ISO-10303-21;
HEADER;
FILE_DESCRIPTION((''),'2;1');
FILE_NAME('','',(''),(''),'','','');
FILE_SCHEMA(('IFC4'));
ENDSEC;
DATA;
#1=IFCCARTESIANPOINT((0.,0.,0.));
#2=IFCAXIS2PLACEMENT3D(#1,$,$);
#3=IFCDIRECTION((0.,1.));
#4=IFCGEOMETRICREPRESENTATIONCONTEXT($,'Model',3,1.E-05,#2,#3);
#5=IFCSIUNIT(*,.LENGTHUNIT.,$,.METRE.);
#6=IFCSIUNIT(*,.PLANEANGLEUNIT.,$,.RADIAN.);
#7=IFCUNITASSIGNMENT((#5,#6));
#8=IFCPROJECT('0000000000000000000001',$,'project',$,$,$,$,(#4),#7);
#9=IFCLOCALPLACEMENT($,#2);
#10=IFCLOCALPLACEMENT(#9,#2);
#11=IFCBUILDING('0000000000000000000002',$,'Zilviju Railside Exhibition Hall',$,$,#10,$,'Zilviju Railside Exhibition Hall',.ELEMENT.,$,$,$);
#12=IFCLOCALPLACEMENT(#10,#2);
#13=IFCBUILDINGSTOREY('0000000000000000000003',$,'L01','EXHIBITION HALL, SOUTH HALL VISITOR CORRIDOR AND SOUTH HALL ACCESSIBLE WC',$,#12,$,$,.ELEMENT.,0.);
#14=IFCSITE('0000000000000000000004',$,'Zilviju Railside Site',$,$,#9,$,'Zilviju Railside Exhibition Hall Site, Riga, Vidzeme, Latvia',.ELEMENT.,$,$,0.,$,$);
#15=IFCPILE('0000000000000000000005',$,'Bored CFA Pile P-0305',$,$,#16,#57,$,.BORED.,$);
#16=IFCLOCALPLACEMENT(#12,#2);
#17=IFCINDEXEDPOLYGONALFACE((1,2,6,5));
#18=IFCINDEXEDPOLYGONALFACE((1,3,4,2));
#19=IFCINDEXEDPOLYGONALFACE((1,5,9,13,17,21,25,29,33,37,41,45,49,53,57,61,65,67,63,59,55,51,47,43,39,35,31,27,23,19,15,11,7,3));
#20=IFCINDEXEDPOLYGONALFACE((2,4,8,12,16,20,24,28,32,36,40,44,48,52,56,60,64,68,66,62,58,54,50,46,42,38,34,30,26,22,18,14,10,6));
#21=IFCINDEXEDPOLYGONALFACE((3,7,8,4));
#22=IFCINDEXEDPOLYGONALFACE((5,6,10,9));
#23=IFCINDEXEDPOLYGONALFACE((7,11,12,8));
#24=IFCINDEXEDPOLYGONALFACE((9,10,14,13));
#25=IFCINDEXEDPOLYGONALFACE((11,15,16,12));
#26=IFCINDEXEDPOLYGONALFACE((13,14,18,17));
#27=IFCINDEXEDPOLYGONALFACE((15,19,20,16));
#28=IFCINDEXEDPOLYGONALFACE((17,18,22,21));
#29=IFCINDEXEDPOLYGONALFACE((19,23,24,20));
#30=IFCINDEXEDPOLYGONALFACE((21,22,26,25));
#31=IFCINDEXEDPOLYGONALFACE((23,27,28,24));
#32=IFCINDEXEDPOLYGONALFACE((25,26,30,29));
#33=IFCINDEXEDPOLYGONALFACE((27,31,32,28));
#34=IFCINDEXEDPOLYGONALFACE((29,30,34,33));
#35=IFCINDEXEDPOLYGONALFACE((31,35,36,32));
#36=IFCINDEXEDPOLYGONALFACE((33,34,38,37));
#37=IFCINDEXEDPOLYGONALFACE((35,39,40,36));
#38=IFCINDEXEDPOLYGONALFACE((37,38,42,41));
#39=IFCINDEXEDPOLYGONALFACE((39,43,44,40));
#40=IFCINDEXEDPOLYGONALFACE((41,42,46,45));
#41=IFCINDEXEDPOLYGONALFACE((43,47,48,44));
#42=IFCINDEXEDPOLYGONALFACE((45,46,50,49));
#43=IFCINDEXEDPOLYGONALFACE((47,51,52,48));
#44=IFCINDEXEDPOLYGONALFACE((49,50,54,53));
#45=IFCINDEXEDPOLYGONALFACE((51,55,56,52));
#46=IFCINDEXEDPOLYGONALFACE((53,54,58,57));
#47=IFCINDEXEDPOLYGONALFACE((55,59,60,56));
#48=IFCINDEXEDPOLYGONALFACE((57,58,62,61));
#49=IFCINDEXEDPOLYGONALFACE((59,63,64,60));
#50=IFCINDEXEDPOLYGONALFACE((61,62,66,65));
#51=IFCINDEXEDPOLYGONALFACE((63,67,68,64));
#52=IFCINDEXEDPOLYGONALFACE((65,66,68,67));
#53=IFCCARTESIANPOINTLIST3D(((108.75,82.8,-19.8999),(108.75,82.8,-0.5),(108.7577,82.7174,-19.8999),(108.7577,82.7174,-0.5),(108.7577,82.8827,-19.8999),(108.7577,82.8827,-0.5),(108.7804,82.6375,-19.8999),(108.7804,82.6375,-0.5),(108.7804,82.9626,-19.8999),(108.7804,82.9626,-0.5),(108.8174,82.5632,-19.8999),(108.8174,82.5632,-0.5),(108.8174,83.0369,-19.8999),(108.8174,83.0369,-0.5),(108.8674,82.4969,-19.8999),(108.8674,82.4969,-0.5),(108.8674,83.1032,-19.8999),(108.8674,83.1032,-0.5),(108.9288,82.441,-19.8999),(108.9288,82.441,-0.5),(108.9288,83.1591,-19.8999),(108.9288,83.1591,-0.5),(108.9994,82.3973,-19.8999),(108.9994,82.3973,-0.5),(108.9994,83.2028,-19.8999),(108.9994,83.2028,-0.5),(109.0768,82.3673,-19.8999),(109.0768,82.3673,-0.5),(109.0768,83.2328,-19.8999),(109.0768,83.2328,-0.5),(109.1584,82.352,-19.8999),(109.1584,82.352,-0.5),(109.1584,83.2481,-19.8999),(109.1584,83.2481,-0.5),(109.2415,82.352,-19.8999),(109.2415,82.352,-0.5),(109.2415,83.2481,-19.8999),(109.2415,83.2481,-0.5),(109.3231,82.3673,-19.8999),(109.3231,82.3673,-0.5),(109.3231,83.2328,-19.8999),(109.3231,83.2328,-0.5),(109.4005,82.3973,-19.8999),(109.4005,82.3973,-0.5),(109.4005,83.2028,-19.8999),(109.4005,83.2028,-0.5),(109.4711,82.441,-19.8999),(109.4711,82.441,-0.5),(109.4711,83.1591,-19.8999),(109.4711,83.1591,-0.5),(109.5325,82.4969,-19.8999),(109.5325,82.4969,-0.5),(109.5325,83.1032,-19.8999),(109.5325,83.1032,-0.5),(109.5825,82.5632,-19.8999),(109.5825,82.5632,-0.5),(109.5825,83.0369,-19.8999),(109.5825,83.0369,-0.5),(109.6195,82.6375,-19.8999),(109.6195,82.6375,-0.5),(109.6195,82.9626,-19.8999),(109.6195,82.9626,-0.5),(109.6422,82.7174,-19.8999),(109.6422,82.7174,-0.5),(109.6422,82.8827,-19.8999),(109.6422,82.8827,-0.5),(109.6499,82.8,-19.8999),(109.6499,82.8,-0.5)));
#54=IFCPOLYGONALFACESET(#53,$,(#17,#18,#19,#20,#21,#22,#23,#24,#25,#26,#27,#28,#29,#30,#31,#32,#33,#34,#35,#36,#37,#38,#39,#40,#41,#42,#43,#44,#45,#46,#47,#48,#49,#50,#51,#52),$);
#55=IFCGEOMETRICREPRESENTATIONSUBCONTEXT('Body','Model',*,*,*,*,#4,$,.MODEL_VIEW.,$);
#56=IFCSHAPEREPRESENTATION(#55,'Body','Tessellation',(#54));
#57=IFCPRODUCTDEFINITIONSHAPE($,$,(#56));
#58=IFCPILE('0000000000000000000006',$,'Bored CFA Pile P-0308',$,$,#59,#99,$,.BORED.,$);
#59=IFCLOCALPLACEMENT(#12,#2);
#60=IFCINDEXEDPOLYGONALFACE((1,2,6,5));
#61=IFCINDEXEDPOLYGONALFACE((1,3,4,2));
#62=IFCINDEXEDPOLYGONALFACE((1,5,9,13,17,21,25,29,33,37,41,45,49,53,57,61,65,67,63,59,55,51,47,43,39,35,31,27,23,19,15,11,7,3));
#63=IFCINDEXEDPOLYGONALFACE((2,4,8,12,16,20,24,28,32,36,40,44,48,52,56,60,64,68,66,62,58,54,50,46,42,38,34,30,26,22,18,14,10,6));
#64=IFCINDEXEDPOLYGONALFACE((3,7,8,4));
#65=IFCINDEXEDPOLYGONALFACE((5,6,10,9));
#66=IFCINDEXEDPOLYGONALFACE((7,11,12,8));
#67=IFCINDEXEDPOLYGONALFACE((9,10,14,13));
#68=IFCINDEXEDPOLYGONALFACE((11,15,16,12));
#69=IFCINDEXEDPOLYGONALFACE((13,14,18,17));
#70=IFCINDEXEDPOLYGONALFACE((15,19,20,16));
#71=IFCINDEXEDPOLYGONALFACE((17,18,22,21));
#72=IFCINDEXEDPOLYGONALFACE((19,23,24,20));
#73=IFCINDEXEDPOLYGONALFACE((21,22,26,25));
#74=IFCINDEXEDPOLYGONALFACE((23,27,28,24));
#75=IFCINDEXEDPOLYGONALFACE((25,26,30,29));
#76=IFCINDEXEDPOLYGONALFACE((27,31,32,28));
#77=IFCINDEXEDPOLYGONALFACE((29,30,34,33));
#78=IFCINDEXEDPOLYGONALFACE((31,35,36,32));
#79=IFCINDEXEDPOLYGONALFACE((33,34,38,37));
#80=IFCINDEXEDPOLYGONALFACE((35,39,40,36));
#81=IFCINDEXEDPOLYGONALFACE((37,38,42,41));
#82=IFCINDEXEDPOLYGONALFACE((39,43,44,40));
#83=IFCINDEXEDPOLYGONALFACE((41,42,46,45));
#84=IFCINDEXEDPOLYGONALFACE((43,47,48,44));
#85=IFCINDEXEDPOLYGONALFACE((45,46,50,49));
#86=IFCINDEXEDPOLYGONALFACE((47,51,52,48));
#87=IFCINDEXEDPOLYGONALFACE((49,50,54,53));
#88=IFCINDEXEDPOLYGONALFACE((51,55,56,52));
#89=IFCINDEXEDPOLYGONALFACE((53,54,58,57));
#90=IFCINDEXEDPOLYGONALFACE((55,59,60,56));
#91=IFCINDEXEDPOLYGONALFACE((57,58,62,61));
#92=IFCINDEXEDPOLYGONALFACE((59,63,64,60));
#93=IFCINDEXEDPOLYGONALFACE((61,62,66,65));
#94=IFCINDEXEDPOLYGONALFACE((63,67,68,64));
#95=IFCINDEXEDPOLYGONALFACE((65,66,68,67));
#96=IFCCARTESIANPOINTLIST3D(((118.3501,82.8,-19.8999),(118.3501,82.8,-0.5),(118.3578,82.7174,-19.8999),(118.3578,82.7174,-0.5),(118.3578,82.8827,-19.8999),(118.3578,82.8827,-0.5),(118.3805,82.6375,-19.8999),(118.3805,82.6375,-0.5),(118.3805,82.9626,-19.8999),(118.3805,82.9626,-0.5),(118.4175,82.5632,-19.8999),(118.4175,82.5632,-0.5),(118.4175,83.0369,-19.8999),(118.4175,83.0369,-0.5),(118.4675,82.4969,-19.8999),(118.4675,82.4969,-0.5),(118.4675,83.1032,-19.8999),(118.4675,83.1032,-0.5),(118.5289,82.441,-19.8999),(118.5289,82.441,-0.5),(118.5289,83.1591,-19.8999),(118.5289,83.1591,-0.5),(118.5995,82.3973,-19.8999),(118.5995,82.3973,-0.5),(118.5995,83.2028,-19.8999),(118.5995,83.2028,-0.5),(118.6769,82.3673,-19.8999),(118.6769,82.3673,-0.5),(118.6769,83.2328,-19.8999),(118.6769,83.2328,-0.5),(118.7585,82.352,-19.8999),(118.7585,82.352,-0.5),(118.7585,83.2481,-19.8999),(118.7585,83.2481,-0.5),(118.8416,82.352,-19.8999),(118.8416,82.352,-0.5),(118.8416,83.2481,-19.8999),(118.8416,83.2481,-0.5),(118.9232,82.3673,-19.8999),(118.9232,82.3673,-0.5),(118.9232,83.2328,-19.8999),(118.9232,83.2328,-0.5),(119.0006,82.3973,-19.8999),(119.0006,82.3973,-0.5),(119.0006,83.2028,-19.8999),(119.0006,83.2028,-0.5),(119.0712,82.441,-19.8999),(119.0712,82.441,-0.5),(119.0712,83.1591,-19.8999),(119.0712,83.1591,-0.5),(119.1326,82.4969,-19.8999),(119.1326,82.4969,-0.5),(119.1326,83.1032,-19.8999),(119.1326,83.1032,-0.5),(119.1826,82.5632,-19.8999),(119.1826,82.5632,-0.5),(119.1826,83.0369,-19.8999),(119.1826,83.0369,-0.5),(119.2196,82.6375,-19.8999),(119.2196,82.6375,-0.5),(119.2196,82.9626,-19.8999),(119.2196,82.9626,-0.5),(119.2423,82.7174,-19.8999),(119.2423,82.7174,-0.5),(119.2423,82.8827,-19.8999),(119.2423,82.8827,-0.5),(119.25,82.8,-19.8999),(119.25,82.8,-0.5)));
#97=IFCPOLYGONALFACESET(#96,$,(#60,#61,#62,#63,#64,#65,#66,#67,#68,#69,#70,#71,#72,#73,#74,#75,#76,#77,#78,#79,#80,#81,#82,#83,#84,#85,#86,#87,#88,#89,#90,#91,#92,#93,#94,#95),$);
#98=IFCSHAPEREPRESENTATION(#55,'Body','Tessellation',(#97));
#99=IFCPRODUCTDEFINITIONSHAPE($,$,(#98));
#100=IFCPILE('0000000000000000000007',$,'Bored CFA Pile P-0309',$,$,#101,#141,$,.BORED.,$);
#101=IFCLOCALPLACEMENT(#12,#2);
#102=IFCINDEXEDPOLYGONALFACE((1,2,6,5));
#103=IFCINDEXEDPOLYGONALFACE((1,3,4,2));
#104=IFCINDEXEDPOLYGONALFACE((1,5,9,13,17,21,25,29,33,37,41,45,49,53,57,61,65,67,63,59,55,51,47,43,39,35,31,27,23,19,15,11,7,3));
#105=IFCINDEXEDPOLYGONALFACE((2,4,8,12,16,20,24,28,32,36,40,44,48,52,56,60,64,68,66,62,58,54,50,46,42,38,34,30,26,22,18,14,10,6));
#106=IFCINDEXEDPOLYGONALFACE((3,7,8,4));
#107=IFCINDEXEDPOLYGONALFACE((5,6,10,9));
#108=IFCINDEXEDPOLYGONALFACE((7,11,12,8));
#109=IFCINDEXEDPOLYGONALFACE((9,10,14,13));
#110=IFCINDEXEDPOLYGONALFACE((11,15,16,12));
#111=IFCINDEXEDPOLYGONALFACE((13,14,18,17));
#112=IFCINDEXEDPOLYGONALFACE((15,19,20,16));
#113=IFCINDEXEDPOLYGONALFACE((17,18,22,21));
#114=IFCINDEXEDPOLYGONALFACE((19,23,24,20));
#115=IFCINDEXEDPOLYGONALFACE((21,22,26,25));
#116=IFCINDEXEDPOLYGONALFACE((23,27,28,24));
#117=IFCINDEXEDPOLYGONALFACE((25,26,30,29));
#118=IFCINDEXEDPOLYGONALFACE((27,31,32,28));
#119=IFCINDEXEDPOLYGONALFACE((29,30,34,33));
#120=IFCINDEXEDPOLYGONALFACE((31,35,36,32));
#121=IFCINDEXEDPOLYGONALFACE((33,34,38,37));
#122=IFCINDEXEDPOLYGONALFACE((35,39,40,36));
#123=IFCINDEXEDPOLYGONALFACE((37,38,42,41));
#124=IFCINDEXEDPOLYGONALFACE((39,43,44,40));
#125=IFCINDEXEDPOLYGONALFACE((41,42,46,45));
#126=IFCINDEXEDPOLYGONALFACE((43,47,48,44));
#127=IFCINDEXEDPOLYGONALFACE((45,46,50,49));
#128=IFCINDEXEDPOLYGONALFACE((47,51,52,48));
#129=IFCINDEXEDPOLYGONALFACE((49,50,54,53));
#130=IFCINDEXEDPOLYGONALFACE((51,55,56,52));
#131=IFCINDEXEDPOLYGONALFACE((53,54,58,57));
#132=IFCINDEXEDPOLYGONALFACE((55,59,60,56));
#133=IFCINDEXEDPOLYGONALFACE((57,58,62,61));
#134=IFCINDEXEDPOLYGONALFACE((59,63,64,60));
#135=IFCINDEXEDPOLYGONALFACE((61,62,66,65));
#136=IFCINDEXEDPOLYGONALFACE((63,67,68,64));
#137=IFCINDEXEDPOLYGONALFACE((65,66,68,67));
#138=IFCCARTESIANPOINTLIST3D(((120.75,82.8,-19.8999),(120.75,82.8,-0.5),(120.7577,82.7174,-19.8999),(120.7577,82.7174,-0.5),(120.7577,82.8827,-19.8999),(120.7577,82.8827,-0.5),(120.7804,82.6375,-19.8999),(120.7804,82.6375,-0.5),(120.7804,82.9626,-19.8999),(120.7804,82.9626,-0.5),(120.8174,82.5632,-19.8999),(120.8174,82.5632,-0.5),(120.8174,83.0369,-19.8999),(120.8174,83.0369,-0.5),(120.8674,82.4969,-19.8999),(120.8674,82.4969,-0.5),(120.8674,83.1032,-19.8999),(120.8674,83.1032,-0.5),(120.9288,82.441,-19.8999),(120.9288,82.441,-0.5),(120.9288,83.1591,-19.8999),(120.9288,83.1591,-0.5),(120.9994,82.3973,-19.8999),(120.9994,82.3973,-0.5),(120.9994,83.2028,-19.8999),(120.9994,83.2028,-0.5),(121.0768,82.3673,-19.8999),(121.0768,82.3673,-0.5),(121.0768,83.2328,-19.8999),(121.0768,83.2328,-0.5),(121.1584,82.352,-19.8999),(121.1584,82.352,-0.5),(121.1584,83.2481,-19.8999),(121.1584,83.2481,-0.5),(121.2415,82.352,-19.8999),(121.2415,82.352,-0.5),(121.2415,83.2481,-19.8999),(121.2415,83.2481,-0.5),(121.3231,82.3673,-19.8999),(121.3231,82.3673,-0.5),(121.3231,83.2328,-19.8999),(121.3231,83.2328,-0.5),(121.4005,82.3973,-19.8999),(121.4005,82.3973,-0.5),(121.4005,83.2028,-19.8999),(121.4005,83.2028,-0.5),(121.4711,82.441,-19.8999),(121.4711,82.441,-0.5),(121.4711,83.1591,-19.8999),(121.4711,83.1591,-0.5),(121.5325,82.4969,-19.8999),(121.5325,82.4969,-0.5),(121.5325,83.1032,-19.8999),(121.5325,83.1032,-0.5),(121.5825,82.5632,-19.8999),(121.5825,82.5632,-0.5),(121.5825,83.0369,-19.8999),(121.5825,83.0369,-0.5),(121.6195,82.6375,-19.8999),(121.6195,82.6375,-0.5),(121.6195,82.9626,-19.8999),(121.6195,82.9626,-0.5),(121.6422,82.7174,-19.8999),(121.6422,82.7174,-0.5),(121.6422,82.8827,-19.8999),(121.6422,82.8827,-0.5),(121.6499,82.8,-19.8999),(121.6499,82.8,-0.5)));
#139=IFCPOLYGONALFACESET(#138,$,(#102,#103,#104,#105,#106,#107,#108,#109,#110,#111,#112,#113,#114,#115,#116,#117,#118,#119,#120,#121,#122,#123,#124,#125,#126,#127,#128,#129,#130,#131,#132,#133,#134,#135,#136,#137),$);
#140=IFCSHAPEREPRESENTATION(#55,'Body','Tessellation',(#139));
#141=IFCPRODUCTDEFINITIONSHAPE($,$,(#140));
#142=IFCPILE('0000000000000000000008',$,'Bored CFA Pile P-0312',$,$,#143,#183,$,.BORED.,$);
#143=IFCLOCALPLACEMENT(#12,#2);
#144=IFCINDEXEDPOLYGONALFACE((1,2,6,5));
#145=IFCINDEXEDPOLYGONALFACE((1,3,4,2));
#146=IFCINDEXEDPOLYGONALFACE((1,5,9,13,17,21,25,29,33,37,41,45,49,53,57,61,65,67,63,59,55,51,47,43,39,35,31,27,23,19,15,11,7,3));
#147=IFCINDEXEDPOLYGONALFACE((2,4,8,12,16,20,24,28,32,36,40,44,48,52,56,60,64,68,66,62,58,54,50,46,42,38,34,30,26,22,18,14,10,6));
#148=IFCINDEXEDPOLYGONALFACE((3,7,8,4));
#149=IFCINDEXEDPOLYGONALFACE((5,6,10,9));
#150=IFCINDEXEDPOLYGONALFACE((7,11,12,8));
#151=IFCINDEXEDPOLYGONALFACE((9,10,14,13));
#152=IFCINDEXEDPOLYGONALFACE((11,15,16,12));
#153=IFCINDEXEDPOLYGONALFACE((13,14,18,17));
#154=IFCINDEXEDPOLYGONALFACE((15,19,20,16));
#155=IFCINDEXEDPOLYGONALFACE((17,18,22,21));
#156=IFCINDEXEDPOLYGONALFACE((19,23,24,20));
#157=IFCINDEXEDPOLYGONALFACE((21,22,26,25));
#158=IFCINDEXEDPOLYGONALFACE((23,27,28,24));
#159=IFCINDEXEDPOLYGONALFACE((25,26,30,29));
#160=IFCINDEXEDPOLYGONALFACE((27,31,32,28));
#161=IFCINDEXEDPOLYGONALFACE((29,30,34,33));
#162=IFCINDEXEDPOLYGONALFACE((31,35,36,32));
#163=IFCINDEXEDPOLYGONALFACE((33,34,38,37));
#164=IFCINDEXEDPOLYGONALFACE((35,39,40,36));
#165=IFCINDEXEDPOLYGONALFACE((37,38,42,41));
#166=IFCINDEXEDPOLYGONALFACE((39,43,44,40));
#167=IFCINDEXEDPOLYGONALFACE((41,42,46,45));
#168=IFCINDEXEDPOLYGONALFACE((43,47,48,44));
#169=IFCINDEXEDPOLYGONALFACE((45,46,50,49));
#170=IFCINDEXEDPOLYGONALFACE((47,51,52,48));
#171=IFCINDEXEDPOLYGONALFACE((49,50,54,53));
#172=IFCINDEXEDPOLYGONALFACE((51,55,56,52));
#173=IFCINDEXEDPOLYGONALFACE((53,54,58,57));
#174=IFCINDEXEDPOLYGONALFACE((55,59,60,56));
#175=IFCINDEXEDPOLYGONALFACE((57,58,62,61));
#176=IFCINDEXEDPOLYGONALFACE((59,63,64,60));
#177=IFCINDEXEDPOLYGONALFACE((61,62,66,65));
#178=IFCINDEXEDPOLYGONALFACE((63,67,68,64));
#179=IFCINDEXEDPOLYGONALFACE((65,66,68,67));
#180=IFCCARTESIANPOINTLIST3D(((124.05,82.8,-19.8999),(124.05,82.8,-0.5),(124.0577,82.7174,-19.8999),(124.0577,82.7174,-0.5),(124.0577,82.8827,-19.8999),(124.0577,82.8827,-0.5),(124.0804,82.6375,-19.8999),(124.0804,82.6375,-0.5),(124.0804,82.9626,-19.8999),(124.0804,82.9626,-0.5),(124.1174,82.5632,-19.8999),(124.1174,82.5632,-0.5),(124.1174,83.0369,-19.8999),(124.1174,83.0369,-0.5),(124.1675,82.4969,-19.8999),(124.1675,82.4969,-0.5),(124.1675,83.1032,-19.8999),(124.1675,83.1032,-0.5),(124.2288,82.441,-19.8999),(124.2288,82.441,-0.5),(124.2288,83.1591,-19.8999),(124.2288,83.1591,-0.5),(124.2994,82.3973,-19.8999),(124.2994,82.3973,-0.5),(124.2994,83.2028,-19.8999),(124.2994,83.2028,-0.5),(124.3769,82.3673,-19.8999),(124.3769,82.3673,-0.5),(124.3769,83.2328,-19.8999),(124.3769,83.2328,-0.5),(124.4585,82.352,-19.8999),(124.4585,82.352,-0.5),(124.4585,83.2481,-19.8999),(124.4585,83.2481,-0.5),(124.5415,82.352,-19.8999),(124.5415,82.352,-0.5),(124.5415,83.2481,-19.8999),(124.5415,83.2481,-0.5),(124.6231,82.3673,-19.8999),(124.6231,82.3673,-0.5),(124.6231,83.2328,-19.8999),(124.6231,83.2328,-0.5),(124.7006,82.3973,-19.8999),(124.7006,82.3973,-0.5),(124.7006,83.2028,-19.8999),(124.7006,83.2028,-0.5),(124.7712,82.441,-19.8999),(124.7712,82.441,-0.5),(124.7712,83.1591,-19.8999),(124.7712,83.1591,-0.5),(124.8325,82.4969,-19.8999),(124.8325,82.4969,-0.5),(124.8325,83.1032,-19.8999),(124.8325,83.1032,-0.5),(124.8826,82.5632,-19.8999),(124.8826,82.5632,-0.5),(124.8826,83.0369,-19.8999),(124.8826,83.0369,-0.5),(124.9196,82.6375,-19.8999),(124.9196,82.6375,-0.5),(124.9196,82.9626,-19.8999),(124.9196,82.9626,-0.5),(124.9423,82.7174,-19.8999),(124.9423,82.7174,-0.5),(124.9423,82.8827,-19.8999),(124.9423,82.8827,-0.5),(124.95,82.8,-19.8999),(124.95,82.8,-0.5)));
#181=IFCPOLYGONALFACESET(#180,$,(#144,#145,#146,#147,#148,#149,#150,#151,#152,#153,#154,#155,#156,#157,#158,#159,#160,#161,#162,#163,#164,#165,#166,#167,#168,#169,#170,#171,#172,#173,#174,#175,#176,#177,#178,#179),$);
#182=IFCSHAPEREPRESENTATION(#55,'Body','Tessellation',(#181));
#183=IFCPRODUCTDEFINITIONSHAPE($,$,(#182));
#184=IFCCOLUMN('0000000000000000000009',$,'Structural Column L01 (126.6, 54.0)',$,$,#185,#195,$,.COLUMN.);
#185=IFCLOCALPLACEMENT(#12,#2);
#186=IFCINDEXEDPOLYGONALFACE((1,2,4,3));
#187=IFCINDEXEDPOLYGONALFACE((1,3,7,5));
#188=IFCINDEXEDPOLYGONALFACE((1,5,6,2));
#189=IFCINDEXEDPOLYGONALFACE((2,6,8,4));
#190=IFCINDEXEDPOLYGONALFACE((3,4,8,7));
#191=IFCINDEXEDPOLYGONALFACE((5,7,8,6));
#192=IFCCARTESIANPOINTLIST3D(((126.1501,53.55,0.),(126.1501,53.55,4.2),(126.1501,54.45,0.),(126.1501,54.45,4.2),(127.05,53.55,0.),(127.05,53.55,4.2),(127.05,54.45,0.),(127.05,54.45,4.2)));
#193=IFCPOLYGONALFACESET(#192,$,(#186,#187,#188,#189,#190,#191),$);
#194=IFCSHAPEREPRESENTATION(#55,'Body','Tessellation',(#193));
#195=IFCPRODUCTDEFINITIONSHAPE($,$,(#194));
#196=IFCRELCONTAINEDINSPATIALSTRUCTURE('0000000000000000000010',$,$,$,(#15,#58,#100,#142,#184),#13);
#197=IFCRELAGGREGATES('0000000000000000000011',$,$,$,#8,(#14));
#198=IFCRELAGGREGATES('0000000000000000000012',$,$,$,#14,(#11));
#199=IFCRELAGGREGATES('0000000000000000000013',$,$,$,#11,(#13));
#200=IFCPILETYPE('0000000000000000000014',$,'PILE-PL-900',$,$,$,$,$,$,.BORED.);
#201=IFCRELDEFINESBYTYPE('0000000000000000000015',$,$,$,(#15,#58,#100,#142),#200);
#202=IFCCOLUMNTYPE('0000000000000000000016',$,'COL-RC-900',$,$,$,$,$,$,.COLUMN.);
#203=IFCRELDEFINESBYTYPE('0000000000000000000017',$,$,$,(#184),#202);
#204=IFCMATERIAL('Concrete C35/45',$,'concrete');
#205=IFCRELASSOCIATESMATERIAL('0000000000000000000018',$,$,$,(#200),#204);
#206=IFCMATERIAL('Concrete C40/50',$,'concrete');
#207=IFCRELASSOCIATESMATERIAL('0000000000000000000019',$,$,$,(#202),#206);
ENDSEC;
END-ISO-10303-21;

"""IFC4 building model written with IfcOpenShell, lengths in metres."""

from ifc_helpers import new_model, si_unit, direction, frame, origin, origin_2d, place, context, subcontext, project, spatial, rectangle, circle, extrude, material, material_profile, profile_set, type_object, element, save


model = new_model("IFC4")

# Units and contexts
model_context = context("Model", 3, precision=1e-05, world=origin(), true_north=direction((0.0, 1.0)))
body_context = subcontext(model_context, "Body", "Model", "MODEL_VIEW")
ifc_project = project(units=[si_unit("LENGTHUNIT", "METRE"), si_unit("PLANEANGLEUNIT", "RADIAN")], contexts=[model_context])

# Site, building, storey
site_placement = place(None, origin())
site = spatial("IfcSite", under=ifc_project, at=site_placement, Name="Zilviju Railside Site", LongName="Zilviju Railside Exhibition Hall Site, Riga, Vidzeme, Latvia", CompositionType="ELEMENT", RefElevation=0.0)
building_placement = place(site_placement, origin())
building = spatial("IfcBuilding", under=site, at=building_placement, Name="Zilviju Railside Exhibition Hall", LongName="Zilviju Railside Exhibition Hall", CompositionType="ELEMENT")
storey_placement = place(building_placement, origin())
storey = spatial("IfcBuildingStorey", under=building, at=storey_placement, Name="L01", Description="EXHIBITION HALL, SOUTH HALL VISITOR CORRIDOR AND SOUTH HALL ACCESSIBLE WC", CompositionType="ELEMENT", Elevation=0.0)

# Shared definitions
ifc_material_1 = material(Name="Concrete C35/45", Category="concrete")
ifc_material_2 = material(Name="Concrete C40/50", Category="concrete")

# Piles
ifc_material_profile_1 = material_profile(ifc_material_1, circle(Radius=0.45, at=origin_2d()), Name="CFA PILE D900")
ifc_profile_set_1 = profile_set([ifc_material_profile_1], Name="Concrete C35/45")
pile_type = type_object("IfcPileType", Name="PILE-PL-900", PredefinedType="BORED", material=ifc_profile_set_1)
for number, where, z_axis, x_axis, name in (
    (1, (109.2, 82.8, -0.5), (0.0, 0.0, -1.0), (1.0, 0.0, 0.0), "Bored CFA Pile P-0305"),
    (2, (118.8, 82.8, -0.5), (0.0, 0.0, -1.0), (1.0, 0.0, 0.0), "Bored CFA Pile P-0308"),
    (3, (121.2, 82.8, -0.5), (0.0, 0.0, -1.0), (1.0, 0.0, 0.0), "Bored CFA Pile P-0309"),
    (4, (124.5, 82.8, -0.5), (0.0, 0.0, -1.0), (1.0, 0.0, 0.0), "Bored CFA Pile P-0312"),
):
    element("IfcPile", number, at=place(storey_placement, frame(where, z_axis=z_axis, x_axis=x_axis)), inside=storey, type_object=pile_type, Name=name, PredefinedType="BORED", context=body_context, shape_type="SweptSolid", body=[
        extrude(circle(Radius=0.45, at=origin_2d()), origin(), (0.0, 0.0, 1.0), 19.3999),
    ])

# Column
ifc_material_profile_2 = material_profile(ifc_material_2, rectangle(XDim=0.8999, YDim=0.8999, at=origin_2d()), Name="RC COL 900x900")
ifc_profile_set_2 = profile_set([ifc_material_profile_2], Name="Concrete C40/50")
column_type = type_object("IfcColumnType", Name="COL-RC-900", PredefinedType="COLUMN", material=ifc_profile_set_2)
column_placement = place(storey_placement, frame((126.6001, 54.0, 0.0), z_axis=(0.0, 0.0, 1.0), x_axis=(1.0, 0.0, 0.0)))
element("IfcColumn", 5, at=column_placement, inside=storey, type_object=column_type, Name="Structural Column L01 (126.6, 54.0)", PredefinedType="COLUMN", context=body_context, shape_type="SweptSolid", body=[
    extrude(rectangle(XDim=0.8999, YDim=0.8999, at=origin_2d()), origin(), (0.0, 0.0, 1.0), 4.2),
])

save(model, "model.ifc")
